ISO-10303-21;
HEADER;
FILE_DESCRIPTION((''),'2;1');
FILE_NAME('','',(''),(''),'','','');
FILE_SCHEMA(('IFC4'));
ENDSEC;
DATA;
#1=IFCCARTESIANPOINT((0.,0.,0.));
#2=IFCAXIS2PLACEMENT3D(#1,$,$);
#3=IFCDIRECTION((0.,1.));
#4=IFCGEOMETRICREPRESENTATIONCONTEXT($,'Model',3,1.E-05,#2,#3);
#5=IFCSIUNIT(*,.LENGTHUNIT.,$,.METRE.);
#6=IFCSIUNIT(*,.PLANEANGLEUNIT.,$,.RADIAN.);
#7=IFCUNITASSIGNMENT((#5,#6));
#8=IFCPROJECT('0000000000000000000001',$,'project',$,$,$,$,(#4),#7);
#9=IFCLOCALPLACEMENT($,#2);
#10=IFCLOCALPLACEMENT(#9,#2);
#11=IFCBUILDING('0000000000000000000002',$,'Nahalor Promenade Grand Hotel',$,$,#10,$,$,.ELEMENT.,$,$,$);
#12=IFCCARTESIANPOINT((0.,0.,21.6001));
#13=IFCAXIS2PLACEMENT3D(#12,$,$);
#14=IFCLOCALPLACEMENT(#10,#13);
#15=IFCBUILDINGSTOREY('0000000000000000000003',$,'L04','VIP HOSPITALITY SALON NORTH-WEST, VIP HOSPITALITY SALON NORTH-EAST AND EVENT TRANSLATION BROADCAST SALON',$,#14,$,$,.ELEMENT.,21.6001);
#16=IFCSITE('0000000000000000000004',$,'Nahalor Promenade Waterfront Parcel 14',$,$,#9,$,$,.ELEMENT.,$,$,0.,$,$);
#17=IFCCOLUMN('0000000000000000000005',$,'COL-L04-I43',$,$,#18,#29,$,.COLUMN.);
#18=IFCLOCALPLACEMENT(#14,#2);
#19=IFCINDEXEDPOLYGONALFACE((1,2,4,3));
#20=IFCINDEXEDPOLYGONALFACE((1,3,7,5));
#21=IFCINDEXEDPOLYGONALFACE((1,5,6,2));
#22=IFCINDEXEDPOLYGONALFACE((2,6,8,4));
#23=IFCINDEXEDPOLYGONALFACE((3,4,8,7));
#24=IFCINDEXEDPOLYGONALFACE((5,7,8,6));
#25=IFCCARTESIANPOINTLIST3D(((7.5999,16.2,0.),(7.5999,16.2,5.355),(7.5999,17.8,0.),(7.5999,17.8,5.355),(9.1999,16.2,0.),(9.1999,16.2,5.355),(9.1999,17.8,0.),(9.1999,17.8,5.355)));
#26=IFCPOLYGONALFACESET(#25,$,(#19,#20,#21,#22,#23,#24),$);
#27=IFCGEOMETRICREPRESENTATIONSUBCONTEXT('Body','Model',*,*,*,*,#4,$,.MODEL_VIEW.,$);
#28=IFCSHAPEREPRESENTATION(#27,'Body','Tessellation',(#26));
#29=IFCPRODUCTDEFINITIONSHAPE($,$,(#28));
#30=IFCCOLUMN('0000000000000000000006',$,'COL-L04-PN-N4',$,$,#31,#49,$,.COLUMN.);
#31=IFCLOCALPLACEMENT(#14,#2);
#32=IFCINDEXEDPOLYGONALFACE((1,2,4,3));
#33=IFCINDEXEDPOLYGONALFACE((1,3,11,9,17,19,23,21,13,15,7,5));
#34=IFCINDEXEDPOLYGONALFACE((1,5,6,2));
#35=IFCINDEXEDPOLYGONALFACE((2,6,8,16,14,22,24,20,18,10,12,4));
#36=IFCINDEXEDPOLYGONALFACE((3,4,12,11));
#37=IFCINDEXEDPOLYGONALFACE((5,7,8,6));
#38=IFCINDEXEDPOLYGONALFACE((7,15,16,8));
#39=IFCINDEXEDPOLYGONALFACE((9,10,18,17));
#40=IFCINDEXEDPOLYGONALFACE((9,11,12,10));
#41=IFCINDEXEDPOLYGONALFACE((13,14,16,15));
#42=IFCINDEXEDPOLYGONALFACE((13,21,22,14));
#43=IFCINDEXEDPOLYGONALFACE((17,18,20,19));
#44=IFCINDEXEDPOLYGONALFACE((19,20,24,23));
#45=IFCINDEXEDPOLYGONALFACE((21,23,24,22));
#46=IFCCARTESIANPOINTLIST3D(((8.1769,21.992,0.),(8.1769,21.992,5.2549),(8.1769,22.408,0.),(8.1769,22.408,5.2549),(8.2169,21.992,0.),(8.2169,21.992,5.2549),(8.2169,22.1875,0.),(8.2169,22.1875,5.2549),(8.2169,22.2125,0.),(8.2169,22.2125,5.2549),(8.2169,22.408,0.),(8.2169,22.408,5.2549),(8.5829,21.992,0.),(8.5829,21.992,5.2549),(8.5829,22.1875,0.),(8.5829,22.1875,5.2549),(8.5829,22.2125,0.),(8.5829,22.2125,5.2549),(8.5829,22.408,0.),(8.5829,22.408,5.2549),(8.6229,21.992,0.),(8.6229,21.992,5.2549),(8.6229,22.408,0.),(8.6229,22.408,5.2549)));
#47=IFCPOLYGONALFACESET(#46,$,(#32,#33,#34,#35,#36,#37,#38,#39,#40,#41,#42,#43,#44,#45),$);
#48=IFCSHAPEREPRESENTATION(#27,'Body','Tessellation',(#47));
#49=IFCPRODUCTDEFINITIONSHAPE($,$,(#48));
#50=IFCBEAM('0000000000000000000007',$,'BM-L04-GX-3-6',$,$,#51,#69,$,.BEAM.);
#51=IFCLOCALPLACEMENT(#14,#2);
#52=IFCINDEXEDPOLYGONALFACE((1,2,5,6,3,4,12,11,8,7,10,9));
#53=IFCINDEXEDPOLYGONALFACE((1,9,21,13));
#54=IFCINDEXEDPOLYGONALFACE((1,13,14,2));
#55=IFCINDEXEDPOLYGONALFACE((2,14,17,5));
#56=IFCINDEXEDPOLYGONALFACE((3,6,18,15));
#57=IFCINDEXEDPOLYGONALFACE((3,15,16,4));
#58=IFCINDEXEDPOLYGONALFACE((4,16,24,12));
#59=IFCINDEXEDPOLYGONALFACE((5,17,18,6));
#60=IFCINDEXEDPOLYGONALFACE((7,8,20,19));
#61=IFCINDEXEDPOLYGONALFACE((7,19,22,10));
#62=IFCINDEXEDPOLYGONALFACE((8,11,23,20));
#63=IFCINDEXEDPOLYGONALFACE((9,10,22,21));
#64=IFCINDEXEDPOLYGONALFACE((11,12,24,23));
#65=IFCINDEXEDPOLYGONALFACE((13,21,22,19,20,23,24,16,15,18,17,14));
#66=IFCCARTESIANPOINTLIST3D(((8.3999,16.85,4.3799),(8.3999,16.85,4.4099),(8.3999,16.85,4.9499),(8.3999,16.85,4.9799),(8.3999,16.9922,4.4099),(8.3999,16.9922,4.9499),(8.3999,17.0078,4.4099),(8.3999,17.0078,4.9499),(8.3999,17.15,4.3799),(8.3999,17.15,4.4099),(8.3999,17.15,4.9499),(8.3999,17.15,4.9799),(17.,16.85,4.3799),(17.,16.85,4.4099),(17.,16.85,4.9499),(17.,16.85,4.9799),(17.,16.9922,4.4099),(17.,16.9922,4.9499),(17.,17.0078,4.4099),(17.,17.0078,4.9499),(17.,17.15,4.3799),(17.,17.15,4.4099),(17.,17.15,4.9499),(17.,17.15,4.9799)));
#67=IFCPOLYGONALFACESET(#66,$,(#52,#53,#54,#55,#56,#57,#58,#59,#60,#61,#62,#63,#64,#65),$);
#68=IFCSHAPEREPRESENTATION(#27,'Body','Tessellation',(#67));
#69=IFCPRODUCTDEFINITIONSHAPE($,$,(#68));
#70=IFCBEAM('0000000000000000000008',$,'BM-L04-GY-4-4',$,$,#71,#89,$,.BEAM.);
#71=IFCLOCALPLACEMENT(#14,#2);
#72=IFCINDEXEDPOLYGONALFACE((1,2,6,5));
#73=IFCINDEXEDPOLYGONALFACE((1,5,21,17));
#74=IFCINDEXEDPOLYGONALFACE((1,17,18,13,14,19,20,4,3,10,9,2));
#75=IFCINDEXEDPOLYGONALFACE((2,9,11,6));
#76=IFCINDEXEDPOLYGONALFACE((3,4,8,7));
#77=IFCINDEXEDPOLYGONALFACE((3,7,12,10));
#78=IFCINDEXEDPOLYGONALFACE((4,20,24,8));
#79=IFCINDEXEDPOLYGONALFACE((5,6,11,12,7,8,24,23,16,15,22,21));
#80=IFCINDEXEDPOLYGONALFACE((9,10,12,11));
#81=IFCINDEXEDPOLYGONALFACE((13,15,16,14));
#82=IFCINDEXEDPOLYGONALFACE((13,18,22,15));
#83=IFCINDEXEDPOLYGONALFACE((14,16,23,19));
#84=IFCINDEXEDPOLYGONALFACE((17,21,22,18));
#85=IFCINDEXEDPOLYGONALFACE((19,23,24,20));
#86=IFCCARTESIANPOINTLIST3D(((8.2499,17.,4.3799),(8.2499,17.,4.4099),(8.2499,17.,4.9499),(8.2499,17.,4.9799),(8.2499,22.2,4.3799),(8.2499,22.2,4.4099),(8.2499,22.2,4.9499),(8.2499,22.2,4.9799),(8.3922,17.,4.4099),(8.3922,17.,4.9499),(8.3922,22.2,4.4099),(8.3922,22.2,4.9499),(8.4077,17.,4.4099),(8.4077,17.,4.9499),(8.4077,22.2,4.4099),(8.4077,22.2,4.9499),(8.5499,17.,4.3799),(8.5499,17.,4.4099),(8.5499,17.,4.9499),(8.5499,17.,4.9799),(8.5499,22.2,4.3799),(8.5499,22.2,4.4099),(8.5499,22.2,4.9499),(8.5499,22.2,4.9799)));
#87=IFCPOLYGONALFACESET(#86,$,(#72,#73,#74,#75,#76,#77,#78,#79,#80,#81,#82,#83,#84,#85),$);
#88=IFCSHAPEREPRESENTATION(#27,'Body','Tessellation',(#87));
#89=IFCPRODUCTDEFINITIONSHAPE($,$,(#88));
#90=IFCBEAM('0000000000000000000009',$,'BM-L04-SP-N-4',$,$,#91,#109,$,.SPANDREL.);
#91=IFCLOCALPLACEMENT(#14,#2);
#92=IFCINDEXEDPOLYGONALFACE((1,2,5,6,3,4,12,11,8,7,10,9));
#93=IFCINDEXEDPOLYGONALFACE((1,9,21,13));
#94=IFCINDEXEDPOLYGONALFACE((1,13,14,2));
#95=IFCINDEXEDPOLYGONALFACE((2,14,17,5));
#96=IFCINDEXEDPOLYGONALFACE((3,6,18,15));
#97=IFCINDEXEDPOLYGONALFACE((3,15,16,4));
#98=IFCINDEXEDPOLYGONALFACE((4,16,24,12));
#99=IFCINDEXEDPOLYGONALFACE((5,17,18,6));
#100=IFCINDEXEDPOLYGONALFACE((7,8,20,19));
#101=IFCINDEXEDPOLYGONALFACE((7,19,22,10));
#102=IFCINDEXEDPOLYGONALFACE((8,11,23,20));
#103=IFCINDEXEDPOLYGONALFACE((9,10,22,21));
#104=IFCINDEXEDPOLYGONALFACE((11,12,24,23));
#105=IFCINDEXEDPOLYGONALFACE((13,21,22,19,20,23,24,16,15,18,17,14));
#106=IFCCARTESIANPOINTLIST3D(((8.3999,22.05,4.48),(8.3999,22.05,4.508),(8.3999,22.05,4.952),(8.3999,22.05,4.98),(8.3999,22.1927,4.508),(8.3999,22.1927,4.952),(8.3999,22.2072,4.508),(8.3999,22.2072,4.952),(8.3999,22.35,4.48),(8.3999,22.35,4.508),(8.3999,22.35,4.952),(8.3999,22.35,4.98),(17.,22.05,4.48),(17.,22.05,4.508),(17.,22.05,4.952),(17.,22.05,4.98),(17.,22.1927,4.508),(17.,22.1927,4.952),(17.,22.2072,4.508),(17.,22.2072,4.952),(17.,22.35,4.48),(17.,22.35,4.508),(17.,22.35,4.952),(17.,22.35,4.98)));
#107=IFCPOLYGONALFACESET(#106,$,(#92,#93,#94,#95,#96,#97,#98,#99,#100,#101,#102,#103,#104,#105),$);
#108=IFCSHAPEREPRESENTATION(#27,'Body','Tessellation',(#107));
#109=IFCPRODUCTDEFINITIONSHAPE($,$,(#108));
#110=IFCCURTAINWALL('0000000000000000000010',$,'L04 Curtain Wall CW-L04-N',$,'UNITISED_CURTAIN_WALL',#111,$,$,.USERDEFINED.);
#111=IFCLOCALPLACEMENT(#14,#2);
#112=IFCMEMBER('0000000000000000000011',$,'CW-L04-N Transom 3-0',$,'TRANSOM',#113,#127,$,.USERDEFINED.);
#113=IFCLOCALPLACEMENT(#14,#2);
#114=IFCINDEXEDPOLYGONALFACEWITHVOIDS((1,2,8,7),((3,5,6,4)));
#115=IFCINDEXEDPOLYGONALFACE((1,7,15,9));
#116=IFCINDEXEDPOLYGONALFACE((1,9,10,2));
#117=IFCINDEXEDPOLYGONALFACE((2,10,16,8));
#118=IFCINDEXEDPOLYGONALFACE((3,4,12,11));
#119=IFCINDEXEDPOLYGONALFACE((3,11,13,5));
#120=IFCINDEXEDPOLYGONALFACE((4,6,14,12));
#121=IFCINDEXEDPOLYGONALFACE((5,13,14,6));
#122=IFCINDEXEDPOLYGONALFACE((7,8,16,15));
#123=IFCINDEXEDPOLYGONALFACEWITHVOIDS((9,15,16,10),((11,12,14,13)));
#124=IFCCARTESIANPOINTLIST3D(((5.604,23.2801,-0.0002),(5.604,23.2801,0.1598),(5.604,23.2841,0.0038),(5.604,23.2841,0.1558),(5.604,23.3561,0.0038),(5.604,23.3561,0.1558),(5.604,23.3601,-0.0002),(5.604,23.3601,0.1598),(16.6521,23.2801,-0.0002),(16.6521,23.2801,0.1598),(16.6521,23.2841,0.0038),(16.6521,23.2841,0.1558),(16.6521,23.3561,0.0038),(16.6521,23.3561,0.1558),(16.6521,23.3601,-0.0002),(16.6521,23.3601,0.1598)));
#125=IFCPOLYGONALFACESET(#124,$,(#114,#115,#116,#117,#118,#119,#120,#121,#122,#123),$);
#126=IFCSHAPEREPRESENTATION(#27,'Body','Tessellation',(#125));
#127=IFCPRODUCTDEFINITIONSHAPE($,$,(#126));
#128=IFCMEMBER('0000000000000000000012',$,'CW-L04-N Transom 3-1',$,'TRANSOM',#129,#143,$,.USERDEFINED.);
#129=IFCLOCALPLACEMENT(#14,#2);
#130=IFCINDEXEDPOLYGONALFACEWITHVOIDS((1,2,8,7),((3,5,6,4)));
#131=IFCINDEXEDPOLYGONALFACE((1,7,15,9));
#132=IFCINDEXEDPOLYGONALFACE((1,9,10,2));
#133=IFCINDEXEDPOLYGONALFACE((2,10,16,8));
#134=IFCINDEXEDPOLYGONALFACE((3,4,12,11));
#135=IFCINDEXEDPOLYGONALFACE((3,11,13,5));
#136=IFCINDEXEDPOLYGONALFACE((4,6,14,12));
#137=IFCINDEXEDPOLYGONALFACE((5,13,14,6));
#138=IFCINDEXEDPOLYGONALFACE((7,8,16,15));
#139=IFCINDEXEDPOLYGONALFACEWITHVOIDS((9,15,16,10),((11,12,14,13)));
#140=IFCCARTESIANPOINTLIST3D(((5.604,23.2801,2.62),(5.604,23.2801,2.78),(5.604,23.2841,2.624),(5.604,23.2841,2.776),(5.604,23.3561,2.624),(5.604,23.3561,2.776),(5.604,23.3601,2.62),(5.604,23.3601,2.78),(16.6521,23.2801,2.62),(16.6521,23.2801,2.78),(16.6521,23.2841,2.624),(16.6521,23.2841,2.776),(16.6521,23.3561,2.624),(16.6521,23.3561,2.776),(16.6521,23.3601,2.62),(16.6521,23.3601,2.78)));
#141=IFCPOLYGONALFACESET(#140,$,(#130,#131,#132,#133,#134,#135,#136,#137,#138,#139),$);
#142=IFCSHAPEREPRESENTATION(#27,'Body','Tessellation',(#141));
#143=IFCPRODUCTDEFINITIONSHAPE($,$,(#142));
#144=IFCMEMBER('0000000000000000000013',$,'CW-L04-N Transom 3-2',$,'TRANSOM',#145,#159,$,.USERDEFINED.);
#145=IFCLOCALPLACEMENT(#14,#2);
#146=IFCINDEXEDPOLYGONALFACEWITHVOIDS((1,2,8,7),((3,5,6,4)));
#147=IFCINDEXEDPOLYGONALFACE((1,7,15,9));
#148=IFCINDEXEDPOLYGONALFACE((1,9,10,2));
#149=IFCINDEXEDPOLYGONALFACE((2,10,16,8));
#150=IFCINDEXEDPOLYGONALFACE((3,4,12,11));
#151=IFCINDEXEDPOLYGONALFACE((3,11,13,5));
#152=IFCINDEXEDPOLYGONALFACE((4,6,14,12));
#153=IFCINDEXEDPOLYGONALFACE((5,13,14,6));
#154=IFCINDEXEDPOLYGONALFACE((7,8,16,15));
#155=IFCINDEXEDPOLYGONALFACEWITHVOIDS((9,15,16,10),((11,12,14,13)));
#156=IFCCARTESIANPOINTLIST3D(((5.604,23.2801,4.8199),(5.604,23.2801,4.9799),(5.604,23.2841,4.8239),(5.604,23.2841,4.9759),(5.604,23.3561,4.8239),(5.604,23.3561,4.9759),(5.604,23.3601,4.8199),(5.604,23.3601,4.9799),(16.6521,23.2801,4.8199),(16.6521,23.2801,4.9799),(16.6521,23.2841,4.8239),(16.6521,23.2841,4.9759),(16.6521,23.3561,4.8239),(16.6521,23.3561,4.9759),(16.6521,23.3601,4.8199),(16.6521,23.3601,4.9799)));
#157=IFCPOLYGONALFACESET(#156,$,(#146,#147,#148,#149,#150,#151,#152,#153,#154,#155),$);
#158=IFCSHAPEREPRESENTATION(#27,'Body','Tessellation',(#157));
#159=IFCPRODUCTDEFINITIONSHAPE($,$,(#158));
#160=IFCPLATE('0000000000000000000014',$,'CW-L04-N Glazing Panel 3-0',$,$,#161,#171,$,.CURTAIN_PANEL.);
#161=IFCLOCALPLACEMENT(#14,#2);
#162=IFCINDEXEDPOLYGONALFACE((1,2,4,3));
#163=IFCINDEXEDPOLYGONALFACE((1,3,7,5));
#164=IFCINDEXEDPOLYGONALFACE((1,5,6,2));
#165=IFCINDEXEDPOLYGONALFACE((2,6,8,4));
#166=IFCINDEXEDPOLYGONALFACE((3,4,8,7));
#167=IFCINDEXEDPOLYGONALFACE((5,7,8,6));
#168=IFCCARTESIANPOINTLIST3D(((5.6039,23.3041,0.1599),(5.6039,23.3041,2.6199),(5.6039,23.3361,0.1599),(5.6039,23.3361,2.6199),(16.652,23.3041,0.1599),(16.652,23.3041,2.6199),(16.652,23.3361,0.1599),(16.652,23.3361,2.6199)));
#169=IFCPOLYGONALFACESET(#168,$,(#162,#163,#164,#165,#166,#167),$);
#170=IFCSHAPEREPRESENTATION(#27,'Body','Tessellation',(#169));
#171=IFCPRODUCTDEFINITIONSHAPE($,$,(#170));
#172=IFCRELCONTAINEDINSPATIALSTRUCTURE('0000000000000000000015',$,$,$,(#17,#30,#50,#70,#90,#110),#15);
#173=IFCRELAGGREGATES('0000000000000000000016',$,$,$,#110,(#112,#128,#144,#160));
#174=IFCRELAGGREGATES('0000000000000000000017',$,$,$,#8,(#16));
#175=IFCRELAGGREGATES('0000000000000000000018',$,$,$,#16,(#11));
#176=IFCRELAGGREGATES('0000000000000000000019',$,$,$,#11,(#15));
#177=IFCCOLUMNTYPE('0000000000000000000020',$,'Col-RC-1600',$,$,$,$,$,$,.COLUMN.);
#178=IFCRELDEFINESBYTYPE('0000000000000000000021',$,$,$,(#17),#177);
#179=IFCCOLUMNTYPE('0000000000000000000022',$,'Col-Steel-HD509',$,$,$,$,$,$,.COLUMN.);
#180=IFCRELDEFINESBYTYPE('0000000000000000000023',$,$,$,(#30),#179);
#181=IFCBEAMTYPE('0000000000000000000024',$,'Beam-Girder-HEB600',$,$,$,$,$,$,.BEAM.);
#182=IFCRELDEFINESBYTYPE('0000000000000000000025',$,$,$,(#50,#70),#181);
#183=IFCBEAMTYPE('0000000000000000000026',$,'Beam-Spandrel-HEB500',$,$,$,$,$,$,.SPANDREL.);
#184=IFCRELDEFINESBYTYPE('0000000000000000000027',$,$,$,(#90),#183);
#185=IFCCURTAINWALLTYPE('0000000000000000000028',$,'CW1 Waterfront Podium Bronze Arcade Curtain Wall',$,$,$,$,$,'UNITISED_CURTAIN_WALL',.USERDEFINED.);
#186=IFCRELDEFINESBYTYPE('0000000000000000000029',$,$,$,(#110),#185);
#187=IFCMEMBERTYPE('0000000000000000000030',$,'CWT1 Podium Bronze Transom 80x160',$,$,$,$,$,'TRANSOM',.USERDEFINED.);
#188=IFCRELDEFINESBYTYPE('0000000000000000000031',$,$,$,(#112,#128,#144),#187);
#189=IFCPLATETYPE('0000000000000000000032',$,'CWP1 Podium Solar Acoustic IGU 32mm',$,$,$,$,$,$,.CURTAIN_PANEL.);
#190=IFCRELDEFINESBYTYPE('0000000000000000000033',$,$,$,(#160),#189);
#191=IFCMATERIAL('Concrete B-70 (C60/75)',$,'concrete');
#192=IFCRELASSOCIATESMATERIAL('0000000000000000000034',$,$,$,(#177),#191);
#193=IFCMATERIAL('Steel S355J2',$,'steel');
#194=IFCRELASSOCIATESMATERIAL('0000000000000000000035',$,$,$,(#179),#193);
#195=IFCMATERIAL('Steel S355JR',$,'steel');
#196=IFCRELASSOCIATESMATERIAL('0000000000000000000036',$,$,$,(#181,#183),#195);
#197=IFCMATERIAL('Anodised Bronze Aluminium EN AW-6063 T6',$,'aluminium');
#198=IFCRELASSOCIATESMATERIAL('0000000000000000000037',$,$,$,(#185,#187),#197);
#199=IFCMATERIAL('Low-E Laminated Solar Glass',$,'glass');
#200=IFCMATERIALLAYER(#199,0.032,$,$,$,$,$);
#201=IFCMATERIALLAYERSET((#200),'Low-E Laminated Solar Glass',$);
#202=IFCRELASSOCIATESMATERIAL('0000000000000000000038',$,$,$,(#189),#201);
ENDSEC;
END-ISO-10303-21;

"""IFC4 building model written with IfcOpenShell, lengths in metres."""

from ifc_helpers import new_model, si_unit, direction, frame, origin, origin_2d, place, context, subcontext, project, spatial, rectangle, hollow_rectangle, i_section, extrude, source, transform, mapped, material, layer, layer_set, material_profile, profile_set, type_object, element, aggregate, save


model = new_model("IFC4")

# Units and contexts
model_context = context("Model", 3, precision=1e-05, world=origin(), true_north=direction((0.0, 1.0)))
body_context = subcontext(model_context, "Body", "Model", "MODEL_VIEW")
ifc_project = project(units=[si_unit("LENGTHUNIT", "METRE"), si_unit("PLANEANGLEUNIT", "RADIAN")], contexts=[model_context])

# Site, building, storey
site_placement = place(None, origin())
site = spatial("IfcSite", under=ifc_project, at=site_placement, Name="Nahalor Promenade Waterfront Parcel 14", CompositionType="ELEMENT", RefElevation=0.0)
building_placement = place(site_placement, origin())
building = spatial("IfcBuilding", under=site, at=building_placement, Name="Nahalor Promenade Grand Hotel", CompositionType="ELEMENT")
storey_placement = place(building_placement, frame((0.0, 0.0, 21.6001)))
storey = spatial("IfcBuildingStorey", under=building, at=storey_placement, Name="L04", Description="VIP HOSPITALITY SALON NORTH-WEST, VIP HOSPITALITY SALON NORTH-EAST AND EVENT TRANSLATION BROADCAST SALON", CompositionType="ELEMENT", Elevation=21.6001)

# Columns
ifc_material_1 = material(Name="Concrete B-70 (C60/75)", Category="concrete")
ifc_material_profile_1 = material_profile(ifc_material_1, rectangle(XDim=1.6, YDim=1.6, at=origin_2d()), Name="RC 1600x1600")
ifc_profile_set_1 = profile_set([ifc_material_profile_1], Name="Concrete B-70 (C60/75)")
column_type_1 = type_object("IfcColumnType", Name="Col-RC-1600", PredefinedType="COLUMN", material=ifc_profile_set_1)
shared_shape_1 = source(origin(), body_context, "Body", "SweptSolid", [
    extrude(rectangle(XDim=1.6, YDim=1.6, at=origin_2d()), origin(), (0.0, 0.0, 1.0), 5.355),
])
column_1_placement = place(storey_placement, frame((8.3999, 17.0, 0.0), z_axis=(0.0, 0.0, 1.0), x_axis=(1.0, 0.0, 0.0)))
element("IfcColumn", 1, at=column_1_placement, inside=storey, type_object=column_type_1, Name="COL-L04-I43", PredefinedType="COLUMN", context=body_context, shape_type="MappedRepresentation", body=[
    mapped(shared_shape_1, transform((0.0, 0.0, 0.0), scale=1.0)),
])
ifc_material_2 = material(Name="Steel S355J2", Category="steel")
ifc_material_profile_2 = material_profile(ifc_material_2, i_section(OverallWidth=0.416, OverallDepth=0.446, WebThickness=0.025, FlangeThickness=0.04, at=origin_2d()), Name="HD 400x509")
ifc_profile_set_2 = profile_set([ifc_material_profile_2], Name="Steel S355J2")
column_type_2 = type_object("IfcColumnType", Name="Col-Steel-HD509", PredefinedType="COLUMN", material=ifc_profile_set_2)
shared_shape_2 = source(origin(), body_context, "Body", "SweptSolid", [
    extrude(i_section(OverallWidth=0.416, OverallDepth=0.446, WebThickness=0.025, FlangeThickness=0.04, at=origin_2d()), origin(), (0.0, 0.0, 1.0), 5.2549),
])
column_2_placement = place(storey_placement, frame((8.3999, 22.2, 0.0), z_axis=(0.0, 0.0, 1.0), x_axis=(0.0, 1.0, 0.0)))
element("IfcColumn", 2, at=column_2_placement, inside=storey, type_object=column_type_2, Name="COL-L04-PN-N4", PredefinedType="COLUMN", context=body_context, shape_type="MappedRepresentation", body=[
    mapped(shared_shape_2, transform((0.0, 0.0, 0.0), scale=1.0)),
])

# Beams
ifc_material_3 = material(Name="Steel S355JR", Category="steel")
ifc_material_profile_3 = material_profile(ifc_material_3, i_section(OverallWidth=0.3, OverallDepth=0.6, WebThickness=0.0155, FlangeThickness=0.03, at=origin_2d()), Name="HEB 600")
ifc_profile_set_3 = profile_set([ifc_material_profile_3], Name="Steel S355JR")
beam_type_1 = type_object("IfcBeamType", Name="Beam-Girder-HEB600", PredefinedType="BEAM", material=ifc_profile_set_3)
shared_shape_3 = source(origin(), body_context, "Body", "SweptSolid", [
    extrude(i_section(OverallWidth=0.3, OverallDepth=0.6, WebThickness=0.0155, FlangeThickness=0.03, at=origin_2d()), origin(), (0.0, 0.0, 1.0), 8.6001),
])
beam_1_placement = place(storey_placement, frame((8.3999, 17.0, 4.6799), z_axis=(1.0, 0.0, 0.0), x_axis=(0.0, 1.0, 0.0)))
element("IfcBeam", 3, at=beam_1_placement, inside=storey, type_object=beam_type_1, Name="BM-L04-GX-3-6", PredefinedType="BEAM", context=body_context, shape_type="MappedRepresentation", body=[
    mapped(shared_shape_3, transform((0.0, 0.0, 0.0), scale=1.0)),
])
shared_shape_4 = source(origin(), body_context, "Body", "SweptSolid", [
    extrude(i_section(OverallWidth=0.3, OverallDepth=0.6, WebThickness=0.0155, FlangeThickness=0.03, at=origin_2d()), origin(), (0.0, 0.0, 1.0), 5.2),
])
beam_2_placement = place(storey_placement, frame((8.3999, 17.0, 4.6799), z_axis=(0.0, 1.0, 0.0), x_axis=(-1.0, 0.0, 0.0)))
element("IfcBeam", 4, at=beam_2_placement, inside=storey, type_object=beam_type_1, Name="BM-L04-GY-4-4", PredefinedType="BEAM", context=body_context, shape_type="MappedRepresentation", body=[
    mapped(shared_shape_4, transform((0.0, 0.0, 0.0), scale=1.0)),
])
ifc_material_profile_4 = material_profile(ifc_material_3, i_section(OverallWidth=0.3, OverallDepth=0.5, WebThickness=0.0145, FlangeThickness=0.028, at=origin_2d()), Name="HEB 500")
ifc_profile_set_4 = profile_set([ifc_material_profile_4], Name="Steel S355JR")
beam_type_2 = type_object("IfcBeamType", Name="Beam-Spandrel-HEB500", PredefinedType="SPANDREL", material=ifc_profile_set_4)
shared_shape_5 = source(origin(), body_context, "Body", "SweptSolid", [
    extrude(i_section(OverallWidth=0.3, OverallDepth=0.5, WebThickness=0.0145, FlangeThickness=0.028, at=origin_2d()), origin(), (0.0, 0.0, 1.0), 8.6001),
])
beam_3_placement = place(storey_placement, frame((8.3999, 22.2, 4.73), z_axis=(1.0, 0.0, 0.0), x_axis=(0.0, 1.0, 0.0)))
element("IfcBeam", 5, at=beam_3_placement, inside=storey, type_object=beam_type_2, Name="BM-L04-SP-N-4", PredefinedType="SPANDREL", context=body_context, shape_type="MappedRepresentation", body=[
    mapped(shared_shape_5, transform((0.0, 0.0, 0.0), scale=1.0)),
])

# Curtain wall, members, plate
ifc_material_4 = material(Name="Anodised Bronze Aluminium EN AW-6063 T6", Category="aluminium")
curtain_wall_type = type_object("IfcCurtainWallType", Name="CW1 Waterfront Podium Bronze Arcade Curtain Wall", ElementType="UNITISED_CURTAIN_WALL", PredefinedType="USERDEFINED", material=ifc_material_4)
curtain_wall_placement = place(storey_placement, origin())
curtain_wall = element("IfcCurtainWall", 6, at=curtain_wall_placement, inside=storey, type_object=curtain_wall_type, Name="L04 Curtain Wall CW-L04-N", ObjectType="UNITISED_CURTAIN_WALL", PredefinedType="USERDEFINED")
ifc_material_profile_5 = material_profile(ifc_material_4, hollow_rectangle(XDim=0.08, YDim=0.16, WallThickness=0.004, at=origin_2d()), Name="CWT 80x160x4")
ifc_profile_set_5 = profile_set([ifc_material_profile_5], Name="Anodised Bronze Aluminium EN AW-6063 T6")
member_type = type_object("IfcMemberType", Name="CWT1 Podium Bronze Transom 80x160", ElementType="TRANSOM", PredefinedType="USERDEFINED", material=ifc_profile_set_5)
shared_shape_6 = source(origin(), body_context, "Body", "SweptSolid", [
    extrude(hollow_rectangle(XDim=0.08, YDim=0.16, WallThickness=0.004, at=origin_2d()), origin(), (0.0, 0.0, 1.0), 11.0481),
])
member_1_placement = place(storey_placement, frame((5.604, 23.3201, 0.0798), z_axis=(1.0, 0.0, 0.0), x_axis=(0.0, 1.0, 0.0)))
member_1 = element("IfcMember", 7, at=member_1_placement, type_object=member_type, Name="CW-L04-N Transom 3-0", ObjectType="TRANSOM", PredefinedType="USERDEFINED", context=body_context, shape_type="MappedRepresentation", body=[
    mapped(shared_shape_6, transform((0.0, 0.0, 0.0), scale=1.0)),
])
member_2_placement = place(storey_placement, frame((5.604, 23.3201, 2.7), z_axis=(1.0, 0.0, 0.0), x_axis=(0.0, 1.0, 0.0)))
member_2 = element("IfcMember", 8, at=member_2_placement, type_object=member_type, Name="CW-L04-N Transom 3-1", ObjectType="TRANSOM", PredefinedType="USERDEFINED", context=body_context, shape_type="MappedRepresentation", body=[
    mapped(shared_shape_6, transform((0.0, 0.0, 0.0), scale=1.0)),
])
member_3_placement = place(storey_placement, frame((5.604, 23.3201, 4.8999), z_axis=(1.0, 0.0, 0.0), x_axis=(0.0, 1.0, 0.0)))
member_3 = element("IfcMember", 9, at=member_3_placement, type_object=member_type, Name="CW-L04-N Transom 3-2", ObjectType="TRANSOM", PredefinedType="USERDEFINED", context=body_context, shape_type="MappedRepresentation", body=[
    mapped(shared_shape_6, transform((0.0, 0.0, 0.0), scale=1.0)),
])
ifc_material_5 = material(Name="Low-E Laminated Solar Glass", Category="glass")
ifc_layer_1 = layer(ifc_material_5, 0.032)
ifc_layer_set_1 = layer_set([ifc_layer_1], Name="Low-E Laminated Solar Glass")
plate_type = type_object("IfcPlateType", Name="CWP1 Podium Solar Acoustic IGU 32mm", PredefinedType="CURTAIN_PANEL", material=ifc_layer_set_1)
shared_shape_7 = source(origin(), body_context, "Body", "SweptSolid", [
    extrude(rectangle(XDim=11.0481, YDim=0.032, at=origin_2d()), origin(), (0.0, 0.0, 1.0), 2.46),
])
plate_1_placement = place(storey_placement, frame((11.1279, 23.3201, 0.1599), z_axis=(0.0, 0.0, 1.0), x_axis=(1.0, 0.0, 0.0)))
plate_1 = element("IfcPlate", 10, at=plate_1_placement, type_object=plate_type, Name="CW-L04-N Glazing Panel 3-0", PredefinedType="CURTAIN_PANEL", context=body_context, shape_type="MappedRepresentation", body=[
    mapped(shared_shape_7, transform((0.0, 0.0, 0.0), scale=1.0)),
])
aggregate(curtain_wall, [member_1, member_2, member_3, plate_1])

save(model, "model.ifc")
